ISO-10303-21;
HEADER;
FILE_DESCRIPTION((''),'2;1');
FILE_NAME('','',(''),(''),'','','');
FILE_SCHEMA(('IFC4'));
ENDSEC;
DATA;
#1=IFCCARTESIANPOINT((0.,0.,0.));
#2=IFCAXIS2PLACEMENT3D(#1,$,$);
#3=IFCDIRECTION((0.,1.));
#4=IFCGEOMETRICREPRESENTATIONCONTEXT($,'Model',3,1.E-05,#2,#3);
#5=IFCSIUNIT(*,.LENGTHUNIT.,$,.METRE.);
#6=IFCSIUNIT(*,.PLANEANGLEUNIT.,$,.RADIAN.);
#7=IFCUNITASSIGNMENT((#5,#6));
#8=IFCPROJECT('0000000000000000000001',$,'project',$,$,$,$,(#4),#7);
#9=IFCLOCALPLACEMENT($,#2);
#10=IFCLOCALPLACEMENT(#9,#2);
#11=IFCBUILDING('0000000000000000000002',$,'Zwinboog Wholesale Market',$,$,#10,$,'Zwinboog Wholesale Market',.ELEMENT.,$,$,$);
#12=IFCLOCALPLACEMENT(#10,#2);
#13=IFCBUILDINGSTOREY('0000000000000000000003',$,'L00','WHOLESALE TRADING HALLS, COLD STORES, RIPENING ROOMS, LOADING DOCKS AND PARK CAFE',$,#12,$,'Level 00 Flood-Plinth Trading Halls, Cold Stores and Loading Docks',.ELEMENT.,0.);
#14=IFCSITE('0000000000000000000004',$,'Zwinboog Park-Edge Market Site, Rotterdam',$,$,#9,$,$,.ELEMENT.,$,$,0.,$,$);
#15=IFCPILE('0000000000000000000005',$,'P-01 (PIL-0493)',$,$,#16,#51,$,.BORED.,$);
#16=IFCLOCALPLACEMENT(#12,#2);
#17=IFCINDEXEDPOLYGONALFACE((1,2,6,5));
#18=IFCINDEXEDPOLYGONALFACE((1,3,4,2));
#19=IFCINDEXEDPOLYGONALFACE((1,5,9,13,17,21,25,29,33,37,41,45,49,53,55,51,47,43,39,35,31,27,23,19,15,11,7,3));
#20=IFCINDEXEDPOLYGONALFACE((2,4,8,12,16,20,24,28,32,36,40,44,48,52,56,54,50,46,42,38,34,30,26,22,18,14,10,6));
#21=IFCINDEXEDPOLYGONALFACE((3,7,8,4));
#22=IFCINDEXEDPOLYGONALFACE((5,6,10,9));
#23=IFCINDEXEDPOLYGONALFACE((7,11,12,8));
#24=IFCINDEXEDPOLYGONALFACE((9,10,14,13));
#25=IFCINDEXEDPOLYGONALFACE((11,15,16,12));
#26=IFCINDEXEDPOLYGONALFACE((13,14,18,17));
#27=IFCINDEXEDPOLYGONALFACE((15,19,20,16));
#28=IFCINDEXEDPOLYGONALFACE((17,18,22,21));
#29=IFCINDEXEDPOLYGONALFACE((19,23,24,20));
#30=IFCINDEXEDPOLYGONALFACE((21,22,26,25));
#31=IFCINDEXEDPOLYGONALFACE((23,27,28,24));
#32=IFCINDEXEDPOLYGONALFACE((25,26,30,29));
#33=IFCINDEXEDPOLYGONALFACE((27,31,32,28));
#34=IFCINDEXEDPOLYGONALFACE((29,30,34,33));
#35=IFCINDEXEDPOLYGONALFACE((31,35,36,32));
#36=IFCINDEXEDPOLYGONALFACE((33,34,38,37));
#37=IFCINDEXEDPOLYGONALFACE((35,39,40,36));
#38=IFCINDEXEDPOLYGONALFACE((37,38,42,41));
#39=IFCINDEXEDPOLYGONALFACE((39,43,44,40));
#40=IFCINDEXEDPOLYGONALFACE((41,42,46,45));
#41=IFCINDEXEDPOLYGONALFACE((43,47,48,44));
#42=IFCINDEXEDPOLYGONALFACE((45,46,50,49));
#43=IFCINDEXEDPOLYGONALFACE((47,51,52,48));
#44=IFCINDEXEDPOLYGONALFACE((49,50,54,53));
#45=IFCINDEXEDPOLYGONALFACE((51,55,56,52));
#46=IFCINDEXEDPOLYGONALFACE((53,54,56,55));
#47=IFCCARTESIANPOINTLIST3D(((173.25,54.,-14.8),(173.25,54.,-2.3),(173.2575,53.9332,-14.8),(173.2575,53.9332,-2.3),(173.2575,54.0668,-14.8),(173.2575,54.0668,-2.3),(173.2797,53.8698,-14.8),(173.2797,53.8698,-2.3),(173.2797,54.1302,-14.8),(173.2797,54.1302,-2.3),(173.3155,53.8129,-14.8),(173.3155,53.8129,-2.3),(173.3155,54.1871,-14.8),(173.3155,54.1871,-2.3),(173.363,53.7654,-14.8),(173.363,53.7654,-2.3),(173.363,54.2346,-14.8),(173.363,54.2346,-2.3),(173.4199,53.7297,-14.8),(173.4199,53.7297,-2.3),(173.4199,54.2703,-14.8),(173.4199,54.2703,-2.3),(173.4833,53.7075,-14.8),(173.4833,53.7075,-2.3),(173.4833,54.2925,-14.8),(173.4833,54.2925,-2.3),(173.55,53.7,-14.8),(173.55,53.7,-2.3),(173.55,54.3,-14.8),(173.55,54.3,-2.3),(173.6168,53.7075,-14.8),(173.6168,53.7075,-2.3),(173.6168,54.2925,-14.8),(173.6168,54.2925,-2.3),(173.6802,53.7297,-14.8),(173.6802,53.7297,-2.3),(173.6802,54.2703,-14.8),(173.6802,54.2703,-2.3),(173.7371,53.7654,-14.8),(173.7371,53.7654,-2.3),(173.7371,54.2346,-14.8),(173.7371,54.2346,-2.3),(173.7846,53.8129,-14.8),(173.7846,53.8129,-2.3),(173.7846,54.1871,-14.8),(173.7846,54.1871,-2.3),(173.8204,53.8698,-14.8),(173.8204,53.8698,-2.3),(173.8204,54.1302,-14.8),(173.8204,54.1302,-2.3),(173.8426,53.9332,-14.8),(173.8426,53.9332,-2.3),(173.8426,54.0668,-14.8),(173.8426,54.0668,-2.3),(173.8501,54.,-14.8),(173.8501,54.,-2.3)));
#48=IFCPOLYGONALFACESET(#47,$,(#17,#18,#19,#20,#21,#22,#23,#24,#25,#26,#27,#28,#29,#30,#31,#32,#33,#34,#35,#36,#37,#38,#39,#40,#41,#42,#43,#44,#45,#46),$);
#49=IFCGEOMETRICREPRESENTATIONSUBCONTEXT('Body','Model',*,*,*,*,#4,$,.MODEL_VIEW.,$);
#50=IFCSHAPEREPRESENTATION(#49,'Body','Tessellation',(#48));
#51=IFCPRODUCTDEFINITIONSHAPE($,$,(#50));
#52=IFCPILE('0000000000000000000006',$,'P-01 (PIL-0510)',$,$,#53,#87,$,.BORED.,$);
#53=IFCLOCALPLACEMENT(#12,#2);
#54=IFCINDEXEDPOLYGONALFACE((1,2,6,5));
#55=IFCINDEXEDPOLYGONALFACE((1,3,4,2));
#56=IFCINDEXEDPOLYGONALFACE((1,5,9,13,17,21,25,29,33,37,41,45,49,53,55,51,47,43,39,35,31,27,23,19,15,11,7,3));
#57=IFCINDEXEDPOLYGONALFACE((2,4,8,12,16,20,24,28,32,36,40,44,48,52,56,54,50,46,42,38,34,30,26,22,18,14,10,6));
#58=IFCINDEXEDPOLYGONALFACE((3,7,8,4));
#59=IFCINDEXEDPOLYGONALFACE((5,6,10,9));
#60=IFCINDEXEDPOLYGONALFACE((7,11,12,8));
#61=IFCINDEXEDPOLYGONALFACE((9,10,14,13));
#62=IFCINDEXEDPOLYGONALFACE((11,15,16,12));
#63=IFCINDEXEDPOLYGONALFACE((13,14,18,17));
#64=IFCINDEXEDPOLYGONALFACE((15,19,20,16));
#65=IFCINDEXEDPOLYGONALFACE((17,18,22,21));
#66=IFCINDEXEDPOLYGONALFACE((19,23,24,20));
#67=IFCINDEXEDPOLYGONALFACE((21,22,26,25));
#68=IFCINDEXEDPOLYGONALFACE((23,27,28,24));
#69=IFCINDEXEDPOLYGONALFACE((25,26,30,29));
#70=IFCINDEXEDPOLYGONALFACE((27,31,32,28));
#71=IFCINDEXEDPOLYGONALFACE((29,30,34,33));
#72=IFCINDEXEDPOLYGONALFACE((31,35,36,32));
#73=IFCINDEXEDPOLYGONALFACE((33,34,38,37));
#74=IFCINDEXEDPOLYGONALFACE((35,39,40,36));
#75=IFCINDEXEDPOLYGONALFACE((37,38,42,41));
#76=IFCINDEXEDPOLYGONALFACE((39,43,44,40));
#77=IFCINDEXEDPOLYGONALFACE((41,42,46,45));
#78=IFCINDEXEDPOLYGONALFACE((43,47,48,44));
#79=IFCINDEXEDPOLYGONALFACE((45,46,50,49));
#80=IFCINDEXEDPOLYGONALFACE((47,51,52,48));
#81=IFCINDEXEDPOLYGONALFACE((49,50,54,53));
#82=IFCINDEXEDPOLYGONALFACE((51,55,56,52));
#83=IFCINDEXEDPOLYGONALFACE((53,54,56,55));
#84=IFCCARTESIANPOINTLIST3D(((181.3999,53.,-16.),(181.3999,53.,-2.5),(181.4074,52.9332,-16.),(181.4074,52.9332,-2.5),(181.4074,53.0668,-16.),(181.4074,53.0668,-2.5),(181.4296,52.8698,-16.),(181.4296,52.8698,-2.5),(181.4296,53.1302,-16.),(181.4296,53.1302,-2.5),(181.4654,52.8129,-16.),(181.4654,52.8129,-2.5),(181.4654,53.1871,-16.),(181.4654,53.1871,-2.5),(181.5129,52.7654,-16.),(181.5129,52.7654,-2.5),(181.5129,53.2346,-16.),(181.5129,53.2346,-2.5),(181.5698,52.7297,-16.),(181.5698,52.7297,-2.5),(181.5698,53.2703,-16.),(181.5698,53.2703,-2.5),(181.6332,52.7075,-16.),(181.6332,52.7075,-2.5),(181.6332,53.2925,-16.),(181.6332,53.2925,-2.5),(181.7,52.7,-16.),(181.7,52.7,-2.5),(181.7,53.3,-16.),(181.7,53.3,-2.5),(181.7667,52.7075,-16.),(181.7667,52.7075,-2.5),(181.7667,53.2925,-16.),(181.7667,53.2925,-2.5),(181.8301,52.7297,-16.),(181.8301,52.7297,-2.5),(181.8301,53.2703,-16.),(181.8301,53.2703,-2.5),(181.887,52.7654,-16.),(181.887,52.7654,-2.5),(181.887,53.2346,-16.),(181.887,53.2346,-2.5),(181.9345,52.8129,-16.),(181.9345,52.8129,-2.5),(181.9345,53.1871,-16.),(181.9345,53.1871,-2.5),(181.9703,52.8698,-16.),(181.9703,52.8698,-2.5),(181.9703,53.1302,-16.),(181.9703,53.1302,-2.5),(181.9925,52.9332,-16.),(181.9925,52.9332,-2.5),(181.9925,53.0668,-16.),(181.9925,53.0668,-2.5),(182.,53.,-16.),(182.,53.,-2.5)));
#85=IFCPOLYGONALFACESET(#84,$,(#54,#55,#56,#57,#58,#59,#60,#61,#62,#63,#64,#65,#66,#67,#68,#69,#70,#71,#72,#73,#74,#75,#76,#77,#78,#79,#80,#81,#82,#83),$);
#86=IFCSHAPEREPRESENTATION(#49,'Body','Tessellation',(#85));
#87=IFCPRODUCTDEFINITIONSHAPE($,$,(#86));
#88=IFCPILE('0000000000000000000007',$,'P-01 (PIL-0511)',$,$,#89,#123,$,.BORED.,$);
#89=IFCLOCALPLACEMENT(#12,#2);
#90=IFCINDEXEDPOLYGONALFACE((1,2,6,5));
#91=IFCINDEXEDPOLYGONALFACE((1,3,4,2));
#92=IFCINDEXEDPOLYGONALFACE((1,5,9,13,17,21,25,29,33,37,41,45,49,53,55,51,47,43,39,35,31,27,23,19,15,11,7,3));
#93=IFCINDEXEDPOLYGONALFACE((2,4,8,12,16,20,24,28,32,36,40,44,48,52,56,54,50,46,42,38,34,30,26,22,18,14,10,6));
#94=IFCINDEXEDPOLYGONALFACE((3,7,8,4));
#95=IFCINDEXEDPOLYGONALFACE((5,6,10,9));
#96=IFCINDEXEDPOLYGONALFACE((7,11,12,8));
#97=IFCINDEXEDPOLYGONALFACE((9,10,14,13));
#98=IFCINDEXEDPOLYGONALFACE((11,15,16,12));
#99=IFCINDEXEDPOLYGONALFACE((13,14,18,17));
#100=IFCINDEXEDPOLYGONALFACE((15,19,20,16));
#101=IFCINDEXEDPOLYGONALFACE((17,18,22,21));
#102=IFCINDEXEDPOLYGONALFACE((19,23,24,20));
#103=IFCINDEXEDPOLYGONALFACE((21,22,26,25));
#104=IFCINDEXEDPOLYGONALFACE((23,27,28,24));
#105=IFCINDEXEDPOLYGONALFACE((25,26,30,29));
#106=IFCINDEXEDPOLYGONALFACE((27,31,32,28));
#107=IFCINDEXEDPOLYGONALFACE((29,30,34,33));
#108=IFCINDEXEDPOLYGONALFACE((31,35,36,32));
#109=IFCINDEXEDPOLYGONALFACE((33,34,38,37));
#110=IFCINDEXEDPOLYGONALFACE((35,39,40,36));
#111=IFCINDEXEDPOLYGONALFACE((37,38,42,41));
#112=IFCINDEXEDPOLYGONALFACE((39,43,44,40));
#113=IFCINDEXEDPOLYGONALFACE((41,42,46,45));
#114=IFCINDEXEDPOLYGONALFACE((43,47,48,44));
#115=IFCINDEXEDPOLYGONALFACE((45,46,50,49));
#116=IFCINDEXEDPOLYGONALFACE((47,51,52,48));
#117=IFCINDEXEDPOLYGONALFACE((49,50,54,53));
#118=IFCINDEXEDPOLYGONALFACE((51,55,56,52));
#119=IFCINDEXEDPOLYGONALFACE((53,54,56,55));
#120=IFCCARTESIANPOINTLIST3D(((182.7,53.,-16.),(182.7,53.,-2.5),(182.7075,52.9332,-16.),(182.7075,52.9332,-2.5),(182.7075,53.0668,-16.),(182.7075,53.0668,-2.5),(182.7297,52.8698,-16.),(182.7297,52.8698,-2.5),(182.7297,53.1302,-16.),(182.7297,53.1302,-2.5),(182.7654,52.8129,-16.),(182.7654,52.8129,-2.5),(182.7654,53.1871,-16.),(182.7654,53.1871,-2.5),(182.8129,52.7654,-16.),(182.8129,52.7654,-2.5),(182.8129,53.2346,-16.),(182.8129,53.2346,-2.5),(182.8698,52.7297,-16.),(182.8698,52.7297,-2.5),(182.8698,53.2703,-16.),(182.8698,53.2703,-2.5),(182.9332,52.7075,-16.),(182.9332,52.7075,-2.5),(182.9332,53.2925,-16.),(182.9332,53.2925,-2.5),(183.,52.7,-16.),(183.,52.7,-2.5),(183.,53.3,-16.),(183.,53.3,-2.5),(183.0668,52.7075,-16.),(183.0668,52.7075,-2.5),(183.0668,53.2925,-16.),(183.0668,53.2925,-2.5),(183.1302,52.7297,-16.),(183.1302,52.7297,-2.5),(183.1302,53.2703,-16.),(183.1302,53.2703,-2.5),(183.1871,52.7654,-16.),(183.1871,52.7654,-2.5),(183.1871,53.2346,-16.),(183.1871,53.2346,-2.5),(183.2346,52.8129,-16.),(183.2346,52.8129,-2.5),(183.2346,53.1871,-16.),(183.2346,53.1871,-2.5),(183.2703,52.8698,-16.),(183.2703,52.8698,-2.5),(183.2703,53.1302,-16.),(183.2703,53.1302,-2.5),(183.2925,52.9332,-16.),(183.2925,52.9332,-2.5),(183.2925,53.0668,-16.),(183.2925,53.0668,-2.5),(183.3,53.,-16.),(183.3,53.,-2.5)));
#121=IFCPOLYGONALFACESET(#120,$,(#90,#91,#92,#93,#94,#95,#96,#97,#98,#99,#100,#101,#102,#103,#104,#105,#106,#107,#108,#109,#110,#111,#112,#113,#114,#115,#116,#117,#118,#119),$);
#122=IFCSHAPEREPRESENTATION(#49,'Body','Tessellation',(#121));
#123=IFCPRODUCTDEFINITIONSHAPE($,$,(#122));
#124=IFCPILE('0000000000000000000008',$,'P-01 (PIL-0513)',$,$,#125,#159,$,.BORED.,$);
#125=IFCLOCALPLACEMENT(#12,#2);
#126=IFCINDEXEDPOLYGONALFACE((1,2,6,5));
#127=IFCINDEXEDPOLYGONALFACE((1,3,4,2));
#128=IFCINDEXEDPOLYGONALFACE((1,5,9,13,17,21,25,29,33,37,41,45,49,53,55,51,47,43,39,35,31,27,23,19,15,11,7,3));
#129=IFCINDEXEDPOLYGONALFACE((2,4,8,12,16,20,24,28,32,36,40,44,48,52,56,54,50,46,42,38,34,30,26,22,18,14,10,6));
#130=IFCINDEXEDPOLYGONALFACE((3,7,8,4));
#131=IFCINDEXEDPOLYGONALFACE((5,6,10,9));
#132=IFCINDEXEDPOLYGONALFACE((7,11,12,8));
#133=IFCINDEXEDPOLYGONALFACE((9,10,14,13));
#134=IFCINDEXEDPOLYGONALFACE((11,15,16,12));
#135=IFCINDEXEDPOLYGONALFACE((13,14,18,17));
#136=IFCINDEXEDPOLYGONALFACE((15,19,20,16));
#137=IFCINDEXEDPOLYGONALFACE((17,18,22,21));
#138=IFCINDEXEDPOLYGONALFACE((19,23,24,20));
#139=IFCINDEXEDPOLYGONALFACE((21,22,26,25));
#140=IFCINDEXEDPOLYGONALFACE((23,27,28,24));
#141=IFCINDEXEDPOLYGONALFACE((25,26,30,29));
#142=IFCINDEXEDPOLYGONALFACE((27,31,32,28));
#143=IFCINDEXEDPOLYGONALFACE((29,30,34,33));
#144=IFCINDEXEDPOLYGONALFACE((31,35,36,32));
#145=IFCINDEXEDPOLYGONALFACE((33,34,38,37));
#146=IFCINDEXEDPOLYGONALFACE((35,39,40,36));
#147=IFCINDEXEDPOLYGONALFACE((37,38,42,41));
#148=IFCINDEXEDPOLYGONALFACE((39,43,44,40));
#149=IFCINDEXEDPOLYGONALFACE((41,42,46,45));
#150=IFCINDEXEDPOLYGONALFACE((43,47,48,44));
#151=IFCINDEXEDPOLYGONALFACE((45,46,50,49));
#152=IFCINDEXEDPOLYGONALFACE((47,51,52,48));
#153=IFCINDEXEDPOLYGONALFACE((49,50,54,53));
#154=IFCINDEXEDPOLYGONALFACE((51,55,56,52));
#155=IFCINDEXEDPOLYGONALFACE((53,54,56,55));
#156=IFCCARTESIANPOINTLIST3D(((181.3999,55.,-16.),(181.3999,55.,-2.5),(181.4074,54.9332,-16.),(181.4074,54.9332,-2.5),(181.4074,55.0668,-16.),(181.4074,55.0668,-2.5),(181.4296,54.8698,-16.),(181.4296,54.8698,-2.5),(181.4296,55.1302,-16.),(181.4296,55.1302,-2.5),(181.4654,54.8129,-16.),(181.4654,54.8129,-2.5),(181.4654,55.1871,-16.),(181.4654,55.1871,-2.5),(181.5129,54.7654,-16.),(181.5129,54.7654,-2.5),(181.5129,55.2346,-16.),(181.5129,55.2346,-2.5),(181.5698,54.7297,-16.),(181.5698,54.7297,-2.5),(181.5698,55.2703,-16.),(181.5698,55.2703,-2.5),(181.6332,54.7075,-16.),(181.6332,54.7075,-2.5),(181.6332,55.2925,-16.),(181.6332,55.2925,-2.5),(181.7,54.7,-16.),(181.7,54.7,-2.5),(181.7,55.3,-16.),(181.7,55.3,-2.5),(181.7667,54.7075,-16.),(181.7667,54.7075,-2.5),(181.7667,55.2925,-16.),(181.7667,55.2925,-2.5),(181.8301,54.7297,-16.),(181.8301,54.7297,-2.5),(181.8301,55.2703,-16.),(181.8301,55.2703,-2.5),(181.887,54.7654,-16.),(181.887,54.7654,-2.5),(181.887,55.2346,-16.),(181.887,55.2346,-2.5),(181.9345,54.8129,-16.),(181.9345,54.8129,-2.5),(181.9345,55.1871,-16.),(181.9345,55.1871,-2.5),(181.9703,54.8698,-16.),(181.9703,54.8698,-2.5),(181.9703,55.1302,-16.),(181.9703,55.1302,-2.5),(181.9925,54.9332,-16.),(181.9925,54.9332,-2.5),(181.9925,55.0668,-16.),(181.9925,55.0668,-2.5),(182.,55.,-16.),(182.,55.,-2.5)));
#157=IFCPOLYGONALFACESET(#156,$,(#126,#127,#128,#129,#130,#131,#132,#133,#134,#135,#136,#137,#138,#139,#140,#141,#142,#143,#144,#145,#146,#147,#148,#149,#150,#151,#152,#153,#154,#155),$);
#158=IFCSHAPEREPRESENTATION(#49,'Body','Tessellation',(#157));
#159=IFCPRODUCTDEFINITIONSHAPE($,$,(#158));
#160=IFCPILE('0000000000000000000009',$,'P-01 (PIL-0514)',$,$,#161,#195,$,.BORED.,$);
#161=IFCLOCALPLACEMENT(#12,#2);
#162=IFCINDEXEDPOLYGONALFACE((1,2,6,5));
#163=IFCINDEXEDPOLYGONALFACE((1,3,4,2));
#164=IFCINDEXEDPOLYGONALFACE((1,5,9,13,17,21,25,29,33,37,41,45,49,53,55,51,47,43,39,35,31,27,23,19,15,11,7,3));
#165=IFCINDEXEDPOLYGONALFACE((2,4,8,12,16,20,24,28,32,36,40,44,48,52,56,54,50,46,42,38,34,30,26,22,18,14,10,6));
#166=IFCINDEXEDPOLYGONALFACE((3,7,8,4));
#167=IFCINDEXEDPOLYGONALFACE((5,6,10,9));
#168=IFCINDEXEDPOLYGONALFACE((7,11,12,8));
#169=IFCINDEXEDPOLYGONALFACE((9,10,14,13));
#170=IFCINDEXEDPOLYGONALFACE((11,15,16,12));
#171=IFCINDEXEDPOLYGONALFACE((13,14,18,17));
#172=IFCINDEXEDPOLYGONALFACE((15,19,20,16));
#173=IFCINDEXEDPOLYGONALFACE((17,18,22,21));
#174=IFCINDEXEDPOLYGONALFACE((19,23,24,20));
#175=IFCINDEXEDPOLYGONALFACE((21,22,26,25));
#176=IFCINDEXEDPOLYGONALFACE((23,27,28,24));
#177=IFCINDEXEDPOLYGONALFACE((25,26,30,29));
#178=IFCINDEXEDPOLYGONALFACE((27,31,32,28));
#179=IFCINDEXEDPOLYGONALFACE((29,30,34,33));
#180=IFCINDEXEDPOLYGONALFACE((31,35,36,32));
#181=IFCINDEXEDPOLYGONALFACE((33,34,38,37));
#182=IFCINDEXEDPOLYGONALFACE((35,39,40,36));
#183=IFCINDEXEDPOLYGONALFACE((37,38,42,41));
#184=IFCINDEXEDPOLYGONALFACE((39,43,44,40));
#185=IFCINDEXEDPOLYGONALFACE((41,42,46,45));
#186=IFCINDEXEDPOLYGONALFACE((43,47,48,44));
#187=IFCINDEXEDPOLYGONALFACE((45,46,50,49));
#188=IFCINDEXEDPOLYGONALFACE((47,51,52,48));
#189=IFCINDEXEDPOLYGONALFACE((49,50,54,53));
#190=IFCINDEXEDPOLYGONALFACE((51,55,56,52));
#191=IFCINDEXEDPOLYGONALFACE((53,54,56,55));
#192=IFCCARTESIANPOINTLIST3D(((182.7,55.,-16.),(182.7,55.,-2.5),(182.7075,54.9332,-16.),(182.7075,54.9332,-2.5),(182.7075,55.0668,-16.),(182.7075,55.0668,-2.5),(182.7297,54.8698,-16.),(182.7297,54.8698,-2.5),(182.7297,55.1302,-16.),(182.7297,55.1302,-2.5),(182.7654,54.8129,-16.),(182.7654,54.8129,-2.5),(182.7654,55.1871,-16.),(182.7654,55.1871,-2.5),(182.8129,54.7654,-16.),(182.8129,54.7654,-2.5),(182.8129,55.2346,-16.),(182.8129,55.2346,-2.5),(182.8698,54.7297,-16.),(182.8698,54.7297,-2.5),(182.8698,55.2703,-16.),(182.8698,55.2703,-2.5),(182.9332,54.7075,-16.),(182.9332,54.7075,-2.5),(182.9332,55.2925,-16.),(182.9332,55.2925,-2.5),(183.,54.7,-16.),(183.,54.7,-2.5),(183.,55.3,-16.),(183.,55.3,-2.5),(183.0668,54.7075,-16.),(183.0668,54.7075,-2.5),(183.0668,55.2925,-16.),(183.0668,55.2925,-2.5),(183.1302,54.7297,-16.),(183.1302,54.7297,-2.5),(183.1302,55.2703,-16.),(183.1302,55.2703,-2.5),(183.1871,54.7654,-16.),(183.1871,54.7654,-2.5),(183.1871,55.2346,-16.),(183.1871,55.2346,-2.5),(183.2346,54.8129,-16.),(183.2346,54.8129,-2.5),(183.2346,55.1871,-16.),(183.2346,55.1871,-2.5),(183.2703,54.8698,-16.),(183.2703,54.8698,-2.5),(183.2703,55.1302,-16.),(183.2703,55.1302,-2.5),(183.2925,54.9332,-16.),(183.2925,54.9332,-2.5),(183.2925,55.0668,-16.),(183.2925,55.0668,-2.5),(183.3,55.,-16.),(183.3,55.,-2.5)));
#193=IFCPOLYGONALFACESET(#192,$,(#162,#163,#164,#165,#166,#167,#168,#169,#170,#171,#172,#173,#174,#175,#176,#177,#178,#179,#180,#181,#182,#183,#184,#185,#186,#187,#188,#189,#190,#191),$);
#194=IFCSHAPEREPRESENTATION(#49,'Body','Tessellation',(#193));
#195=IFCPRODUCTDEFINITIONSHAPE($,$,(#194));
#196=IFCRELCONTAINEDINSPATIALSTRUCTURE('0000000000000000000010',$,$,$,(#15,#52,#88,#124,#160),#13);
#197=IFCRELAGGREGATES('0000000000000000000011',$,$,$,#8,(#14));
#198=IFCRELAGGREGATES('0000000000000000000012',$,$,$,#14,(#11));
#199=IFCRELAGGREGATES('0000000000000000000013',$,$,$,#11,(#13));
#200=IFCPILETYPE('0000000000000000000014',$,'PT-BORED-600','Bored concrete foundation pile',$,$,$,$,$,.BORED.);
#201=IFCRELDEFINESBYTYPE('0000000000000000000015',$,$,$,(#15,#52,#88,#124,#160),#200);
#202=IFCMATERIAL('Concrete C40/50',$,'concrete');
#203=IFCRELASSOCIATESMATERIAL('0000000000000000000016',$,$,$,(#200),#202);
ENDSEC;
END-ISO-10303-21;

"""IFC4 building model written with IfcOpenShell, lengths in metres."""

from ifc_helpers import new_model, si_unit, direction, frame, origin, origin_2d, place, context, subcontext, project, spatial, circle, extrude, material, material_profile, profile_set, type_object, element, save


model = new_model("IFC4")

# Units and contexts
model_context = context("Model", 3, precision=1e-05, world=origin(), true_north=direction((0.0, 1.0)))
body_context = subcontext(model_context, "Body", "Model", "MODEL_VIEW")
ifc_project = project(units=[si_unit("LENGTHUNIT", "METRE"), si_unit("PLANEANGLEUNIT", "RADIAN")], contexts=[model_context])

# Site, building, storey
site_placement = place(None, origin())
site = spatial("IfcSite", under=ifc_project, at=site_placement, Name="Zwinboog Park-Edge Market Site, Rotterdam", CompositionType="ELEMENT", RefElevation=0.0)
building_placement = place(site_placement, origin())
building = spatial("IfcBuilding", under=site, at=building_placement, Name="Zwinboog Wholesale Market", LongName="Zwinboog Wholesale Market", CompositionType="ELEMENT")
storey_placement = place(building_placement, origin())
storey = spatial("IfcBuildingStorey", under=building, at=storey_placement, Name="L00", Description="WHOLESALE TRADING HALLS, COLD STORES, RIPENING ROOMS, LOADING DOCKS AND PARK CAFE", LongName="Level 00 Flood-Plinth Trading Halls, Cold Stores and Loading Docks", CompositionType="ELEMENT", Elevation=0.0)

# Piles
ifc_material_1 = material(Name="Concrete C40/50", Category="concrete")
ifc_material_profile_1 = material_profile(ifc_material_1, circle(Radius=0.3, at=origin_2d()), Name="PILE D600")
ifc_profile_set_1 = profile_set([ifc_material_profile_1], Name="Concrete C40/50")
pile_type_1 = type_object("IfcPileType", Name="PT-BORED-600", Description="Bored concrete foundation pile", PredefinedType="BORED", material=ifc_profile_set_1)
pile_1_placement = place(storey_placement, frame((173.55, 54.0, -2.3), z_axis=(0.0, 0.0, -1.0), x_axis=(1.0, 0.0, 0.0)))
element("IfcPile", 1, at=pile_1_placement, inside=storey, type_object=pile_type_1, Name="P-01 (PIL-0493)", PredefinedType="BORED", context=body_context, shape_type="SweptSolid", body=[
    extrude(circle(Radius=0.3, at=origin_2d()), origin(), (0.0, 0.0, 1.0), 12.5),
])
for number, where, z_axis, x_axis, name in (
    (2, (181.7, 53.0, -2.5), (0.0, 0.0, -1.0), (1.0, 0.0, 0.0), "P-01 (PIL-0510)"),
    (3, (183.0, 53.0, -2.5), (0.0, 0.0, -1.0), (1.0, 0.0, 0.0), "P-01 (PIL-0511)"),
    (4, (181.7, 55.0, -2.5), (0.0, 0.0, -1.0), (1.0, 0.0, 0.0), "P-01 (PIL-0513)"),
    (5, (183.0, 55.0, -2.5), (0.0, 0.0, -1.0), (1.0, 0.0, 0.0), "P-01 (PIL-0514)"),
):
    element("IfcPile", number, at=place(storey_placement, frame(where, z_axis=z_axis, x_axis=x_axis)), inside=storey, type_object=pile_type_1, Name=name, PredefinedType="BORED", context=body_context, shape_type="SweptSolid", body=[
        extrude(circle(Radius=0.3, at=origin_2d()), origin(), (0.0, 0.0, 1.0), 13.5),
    ])

save(model, "model.ifc")
